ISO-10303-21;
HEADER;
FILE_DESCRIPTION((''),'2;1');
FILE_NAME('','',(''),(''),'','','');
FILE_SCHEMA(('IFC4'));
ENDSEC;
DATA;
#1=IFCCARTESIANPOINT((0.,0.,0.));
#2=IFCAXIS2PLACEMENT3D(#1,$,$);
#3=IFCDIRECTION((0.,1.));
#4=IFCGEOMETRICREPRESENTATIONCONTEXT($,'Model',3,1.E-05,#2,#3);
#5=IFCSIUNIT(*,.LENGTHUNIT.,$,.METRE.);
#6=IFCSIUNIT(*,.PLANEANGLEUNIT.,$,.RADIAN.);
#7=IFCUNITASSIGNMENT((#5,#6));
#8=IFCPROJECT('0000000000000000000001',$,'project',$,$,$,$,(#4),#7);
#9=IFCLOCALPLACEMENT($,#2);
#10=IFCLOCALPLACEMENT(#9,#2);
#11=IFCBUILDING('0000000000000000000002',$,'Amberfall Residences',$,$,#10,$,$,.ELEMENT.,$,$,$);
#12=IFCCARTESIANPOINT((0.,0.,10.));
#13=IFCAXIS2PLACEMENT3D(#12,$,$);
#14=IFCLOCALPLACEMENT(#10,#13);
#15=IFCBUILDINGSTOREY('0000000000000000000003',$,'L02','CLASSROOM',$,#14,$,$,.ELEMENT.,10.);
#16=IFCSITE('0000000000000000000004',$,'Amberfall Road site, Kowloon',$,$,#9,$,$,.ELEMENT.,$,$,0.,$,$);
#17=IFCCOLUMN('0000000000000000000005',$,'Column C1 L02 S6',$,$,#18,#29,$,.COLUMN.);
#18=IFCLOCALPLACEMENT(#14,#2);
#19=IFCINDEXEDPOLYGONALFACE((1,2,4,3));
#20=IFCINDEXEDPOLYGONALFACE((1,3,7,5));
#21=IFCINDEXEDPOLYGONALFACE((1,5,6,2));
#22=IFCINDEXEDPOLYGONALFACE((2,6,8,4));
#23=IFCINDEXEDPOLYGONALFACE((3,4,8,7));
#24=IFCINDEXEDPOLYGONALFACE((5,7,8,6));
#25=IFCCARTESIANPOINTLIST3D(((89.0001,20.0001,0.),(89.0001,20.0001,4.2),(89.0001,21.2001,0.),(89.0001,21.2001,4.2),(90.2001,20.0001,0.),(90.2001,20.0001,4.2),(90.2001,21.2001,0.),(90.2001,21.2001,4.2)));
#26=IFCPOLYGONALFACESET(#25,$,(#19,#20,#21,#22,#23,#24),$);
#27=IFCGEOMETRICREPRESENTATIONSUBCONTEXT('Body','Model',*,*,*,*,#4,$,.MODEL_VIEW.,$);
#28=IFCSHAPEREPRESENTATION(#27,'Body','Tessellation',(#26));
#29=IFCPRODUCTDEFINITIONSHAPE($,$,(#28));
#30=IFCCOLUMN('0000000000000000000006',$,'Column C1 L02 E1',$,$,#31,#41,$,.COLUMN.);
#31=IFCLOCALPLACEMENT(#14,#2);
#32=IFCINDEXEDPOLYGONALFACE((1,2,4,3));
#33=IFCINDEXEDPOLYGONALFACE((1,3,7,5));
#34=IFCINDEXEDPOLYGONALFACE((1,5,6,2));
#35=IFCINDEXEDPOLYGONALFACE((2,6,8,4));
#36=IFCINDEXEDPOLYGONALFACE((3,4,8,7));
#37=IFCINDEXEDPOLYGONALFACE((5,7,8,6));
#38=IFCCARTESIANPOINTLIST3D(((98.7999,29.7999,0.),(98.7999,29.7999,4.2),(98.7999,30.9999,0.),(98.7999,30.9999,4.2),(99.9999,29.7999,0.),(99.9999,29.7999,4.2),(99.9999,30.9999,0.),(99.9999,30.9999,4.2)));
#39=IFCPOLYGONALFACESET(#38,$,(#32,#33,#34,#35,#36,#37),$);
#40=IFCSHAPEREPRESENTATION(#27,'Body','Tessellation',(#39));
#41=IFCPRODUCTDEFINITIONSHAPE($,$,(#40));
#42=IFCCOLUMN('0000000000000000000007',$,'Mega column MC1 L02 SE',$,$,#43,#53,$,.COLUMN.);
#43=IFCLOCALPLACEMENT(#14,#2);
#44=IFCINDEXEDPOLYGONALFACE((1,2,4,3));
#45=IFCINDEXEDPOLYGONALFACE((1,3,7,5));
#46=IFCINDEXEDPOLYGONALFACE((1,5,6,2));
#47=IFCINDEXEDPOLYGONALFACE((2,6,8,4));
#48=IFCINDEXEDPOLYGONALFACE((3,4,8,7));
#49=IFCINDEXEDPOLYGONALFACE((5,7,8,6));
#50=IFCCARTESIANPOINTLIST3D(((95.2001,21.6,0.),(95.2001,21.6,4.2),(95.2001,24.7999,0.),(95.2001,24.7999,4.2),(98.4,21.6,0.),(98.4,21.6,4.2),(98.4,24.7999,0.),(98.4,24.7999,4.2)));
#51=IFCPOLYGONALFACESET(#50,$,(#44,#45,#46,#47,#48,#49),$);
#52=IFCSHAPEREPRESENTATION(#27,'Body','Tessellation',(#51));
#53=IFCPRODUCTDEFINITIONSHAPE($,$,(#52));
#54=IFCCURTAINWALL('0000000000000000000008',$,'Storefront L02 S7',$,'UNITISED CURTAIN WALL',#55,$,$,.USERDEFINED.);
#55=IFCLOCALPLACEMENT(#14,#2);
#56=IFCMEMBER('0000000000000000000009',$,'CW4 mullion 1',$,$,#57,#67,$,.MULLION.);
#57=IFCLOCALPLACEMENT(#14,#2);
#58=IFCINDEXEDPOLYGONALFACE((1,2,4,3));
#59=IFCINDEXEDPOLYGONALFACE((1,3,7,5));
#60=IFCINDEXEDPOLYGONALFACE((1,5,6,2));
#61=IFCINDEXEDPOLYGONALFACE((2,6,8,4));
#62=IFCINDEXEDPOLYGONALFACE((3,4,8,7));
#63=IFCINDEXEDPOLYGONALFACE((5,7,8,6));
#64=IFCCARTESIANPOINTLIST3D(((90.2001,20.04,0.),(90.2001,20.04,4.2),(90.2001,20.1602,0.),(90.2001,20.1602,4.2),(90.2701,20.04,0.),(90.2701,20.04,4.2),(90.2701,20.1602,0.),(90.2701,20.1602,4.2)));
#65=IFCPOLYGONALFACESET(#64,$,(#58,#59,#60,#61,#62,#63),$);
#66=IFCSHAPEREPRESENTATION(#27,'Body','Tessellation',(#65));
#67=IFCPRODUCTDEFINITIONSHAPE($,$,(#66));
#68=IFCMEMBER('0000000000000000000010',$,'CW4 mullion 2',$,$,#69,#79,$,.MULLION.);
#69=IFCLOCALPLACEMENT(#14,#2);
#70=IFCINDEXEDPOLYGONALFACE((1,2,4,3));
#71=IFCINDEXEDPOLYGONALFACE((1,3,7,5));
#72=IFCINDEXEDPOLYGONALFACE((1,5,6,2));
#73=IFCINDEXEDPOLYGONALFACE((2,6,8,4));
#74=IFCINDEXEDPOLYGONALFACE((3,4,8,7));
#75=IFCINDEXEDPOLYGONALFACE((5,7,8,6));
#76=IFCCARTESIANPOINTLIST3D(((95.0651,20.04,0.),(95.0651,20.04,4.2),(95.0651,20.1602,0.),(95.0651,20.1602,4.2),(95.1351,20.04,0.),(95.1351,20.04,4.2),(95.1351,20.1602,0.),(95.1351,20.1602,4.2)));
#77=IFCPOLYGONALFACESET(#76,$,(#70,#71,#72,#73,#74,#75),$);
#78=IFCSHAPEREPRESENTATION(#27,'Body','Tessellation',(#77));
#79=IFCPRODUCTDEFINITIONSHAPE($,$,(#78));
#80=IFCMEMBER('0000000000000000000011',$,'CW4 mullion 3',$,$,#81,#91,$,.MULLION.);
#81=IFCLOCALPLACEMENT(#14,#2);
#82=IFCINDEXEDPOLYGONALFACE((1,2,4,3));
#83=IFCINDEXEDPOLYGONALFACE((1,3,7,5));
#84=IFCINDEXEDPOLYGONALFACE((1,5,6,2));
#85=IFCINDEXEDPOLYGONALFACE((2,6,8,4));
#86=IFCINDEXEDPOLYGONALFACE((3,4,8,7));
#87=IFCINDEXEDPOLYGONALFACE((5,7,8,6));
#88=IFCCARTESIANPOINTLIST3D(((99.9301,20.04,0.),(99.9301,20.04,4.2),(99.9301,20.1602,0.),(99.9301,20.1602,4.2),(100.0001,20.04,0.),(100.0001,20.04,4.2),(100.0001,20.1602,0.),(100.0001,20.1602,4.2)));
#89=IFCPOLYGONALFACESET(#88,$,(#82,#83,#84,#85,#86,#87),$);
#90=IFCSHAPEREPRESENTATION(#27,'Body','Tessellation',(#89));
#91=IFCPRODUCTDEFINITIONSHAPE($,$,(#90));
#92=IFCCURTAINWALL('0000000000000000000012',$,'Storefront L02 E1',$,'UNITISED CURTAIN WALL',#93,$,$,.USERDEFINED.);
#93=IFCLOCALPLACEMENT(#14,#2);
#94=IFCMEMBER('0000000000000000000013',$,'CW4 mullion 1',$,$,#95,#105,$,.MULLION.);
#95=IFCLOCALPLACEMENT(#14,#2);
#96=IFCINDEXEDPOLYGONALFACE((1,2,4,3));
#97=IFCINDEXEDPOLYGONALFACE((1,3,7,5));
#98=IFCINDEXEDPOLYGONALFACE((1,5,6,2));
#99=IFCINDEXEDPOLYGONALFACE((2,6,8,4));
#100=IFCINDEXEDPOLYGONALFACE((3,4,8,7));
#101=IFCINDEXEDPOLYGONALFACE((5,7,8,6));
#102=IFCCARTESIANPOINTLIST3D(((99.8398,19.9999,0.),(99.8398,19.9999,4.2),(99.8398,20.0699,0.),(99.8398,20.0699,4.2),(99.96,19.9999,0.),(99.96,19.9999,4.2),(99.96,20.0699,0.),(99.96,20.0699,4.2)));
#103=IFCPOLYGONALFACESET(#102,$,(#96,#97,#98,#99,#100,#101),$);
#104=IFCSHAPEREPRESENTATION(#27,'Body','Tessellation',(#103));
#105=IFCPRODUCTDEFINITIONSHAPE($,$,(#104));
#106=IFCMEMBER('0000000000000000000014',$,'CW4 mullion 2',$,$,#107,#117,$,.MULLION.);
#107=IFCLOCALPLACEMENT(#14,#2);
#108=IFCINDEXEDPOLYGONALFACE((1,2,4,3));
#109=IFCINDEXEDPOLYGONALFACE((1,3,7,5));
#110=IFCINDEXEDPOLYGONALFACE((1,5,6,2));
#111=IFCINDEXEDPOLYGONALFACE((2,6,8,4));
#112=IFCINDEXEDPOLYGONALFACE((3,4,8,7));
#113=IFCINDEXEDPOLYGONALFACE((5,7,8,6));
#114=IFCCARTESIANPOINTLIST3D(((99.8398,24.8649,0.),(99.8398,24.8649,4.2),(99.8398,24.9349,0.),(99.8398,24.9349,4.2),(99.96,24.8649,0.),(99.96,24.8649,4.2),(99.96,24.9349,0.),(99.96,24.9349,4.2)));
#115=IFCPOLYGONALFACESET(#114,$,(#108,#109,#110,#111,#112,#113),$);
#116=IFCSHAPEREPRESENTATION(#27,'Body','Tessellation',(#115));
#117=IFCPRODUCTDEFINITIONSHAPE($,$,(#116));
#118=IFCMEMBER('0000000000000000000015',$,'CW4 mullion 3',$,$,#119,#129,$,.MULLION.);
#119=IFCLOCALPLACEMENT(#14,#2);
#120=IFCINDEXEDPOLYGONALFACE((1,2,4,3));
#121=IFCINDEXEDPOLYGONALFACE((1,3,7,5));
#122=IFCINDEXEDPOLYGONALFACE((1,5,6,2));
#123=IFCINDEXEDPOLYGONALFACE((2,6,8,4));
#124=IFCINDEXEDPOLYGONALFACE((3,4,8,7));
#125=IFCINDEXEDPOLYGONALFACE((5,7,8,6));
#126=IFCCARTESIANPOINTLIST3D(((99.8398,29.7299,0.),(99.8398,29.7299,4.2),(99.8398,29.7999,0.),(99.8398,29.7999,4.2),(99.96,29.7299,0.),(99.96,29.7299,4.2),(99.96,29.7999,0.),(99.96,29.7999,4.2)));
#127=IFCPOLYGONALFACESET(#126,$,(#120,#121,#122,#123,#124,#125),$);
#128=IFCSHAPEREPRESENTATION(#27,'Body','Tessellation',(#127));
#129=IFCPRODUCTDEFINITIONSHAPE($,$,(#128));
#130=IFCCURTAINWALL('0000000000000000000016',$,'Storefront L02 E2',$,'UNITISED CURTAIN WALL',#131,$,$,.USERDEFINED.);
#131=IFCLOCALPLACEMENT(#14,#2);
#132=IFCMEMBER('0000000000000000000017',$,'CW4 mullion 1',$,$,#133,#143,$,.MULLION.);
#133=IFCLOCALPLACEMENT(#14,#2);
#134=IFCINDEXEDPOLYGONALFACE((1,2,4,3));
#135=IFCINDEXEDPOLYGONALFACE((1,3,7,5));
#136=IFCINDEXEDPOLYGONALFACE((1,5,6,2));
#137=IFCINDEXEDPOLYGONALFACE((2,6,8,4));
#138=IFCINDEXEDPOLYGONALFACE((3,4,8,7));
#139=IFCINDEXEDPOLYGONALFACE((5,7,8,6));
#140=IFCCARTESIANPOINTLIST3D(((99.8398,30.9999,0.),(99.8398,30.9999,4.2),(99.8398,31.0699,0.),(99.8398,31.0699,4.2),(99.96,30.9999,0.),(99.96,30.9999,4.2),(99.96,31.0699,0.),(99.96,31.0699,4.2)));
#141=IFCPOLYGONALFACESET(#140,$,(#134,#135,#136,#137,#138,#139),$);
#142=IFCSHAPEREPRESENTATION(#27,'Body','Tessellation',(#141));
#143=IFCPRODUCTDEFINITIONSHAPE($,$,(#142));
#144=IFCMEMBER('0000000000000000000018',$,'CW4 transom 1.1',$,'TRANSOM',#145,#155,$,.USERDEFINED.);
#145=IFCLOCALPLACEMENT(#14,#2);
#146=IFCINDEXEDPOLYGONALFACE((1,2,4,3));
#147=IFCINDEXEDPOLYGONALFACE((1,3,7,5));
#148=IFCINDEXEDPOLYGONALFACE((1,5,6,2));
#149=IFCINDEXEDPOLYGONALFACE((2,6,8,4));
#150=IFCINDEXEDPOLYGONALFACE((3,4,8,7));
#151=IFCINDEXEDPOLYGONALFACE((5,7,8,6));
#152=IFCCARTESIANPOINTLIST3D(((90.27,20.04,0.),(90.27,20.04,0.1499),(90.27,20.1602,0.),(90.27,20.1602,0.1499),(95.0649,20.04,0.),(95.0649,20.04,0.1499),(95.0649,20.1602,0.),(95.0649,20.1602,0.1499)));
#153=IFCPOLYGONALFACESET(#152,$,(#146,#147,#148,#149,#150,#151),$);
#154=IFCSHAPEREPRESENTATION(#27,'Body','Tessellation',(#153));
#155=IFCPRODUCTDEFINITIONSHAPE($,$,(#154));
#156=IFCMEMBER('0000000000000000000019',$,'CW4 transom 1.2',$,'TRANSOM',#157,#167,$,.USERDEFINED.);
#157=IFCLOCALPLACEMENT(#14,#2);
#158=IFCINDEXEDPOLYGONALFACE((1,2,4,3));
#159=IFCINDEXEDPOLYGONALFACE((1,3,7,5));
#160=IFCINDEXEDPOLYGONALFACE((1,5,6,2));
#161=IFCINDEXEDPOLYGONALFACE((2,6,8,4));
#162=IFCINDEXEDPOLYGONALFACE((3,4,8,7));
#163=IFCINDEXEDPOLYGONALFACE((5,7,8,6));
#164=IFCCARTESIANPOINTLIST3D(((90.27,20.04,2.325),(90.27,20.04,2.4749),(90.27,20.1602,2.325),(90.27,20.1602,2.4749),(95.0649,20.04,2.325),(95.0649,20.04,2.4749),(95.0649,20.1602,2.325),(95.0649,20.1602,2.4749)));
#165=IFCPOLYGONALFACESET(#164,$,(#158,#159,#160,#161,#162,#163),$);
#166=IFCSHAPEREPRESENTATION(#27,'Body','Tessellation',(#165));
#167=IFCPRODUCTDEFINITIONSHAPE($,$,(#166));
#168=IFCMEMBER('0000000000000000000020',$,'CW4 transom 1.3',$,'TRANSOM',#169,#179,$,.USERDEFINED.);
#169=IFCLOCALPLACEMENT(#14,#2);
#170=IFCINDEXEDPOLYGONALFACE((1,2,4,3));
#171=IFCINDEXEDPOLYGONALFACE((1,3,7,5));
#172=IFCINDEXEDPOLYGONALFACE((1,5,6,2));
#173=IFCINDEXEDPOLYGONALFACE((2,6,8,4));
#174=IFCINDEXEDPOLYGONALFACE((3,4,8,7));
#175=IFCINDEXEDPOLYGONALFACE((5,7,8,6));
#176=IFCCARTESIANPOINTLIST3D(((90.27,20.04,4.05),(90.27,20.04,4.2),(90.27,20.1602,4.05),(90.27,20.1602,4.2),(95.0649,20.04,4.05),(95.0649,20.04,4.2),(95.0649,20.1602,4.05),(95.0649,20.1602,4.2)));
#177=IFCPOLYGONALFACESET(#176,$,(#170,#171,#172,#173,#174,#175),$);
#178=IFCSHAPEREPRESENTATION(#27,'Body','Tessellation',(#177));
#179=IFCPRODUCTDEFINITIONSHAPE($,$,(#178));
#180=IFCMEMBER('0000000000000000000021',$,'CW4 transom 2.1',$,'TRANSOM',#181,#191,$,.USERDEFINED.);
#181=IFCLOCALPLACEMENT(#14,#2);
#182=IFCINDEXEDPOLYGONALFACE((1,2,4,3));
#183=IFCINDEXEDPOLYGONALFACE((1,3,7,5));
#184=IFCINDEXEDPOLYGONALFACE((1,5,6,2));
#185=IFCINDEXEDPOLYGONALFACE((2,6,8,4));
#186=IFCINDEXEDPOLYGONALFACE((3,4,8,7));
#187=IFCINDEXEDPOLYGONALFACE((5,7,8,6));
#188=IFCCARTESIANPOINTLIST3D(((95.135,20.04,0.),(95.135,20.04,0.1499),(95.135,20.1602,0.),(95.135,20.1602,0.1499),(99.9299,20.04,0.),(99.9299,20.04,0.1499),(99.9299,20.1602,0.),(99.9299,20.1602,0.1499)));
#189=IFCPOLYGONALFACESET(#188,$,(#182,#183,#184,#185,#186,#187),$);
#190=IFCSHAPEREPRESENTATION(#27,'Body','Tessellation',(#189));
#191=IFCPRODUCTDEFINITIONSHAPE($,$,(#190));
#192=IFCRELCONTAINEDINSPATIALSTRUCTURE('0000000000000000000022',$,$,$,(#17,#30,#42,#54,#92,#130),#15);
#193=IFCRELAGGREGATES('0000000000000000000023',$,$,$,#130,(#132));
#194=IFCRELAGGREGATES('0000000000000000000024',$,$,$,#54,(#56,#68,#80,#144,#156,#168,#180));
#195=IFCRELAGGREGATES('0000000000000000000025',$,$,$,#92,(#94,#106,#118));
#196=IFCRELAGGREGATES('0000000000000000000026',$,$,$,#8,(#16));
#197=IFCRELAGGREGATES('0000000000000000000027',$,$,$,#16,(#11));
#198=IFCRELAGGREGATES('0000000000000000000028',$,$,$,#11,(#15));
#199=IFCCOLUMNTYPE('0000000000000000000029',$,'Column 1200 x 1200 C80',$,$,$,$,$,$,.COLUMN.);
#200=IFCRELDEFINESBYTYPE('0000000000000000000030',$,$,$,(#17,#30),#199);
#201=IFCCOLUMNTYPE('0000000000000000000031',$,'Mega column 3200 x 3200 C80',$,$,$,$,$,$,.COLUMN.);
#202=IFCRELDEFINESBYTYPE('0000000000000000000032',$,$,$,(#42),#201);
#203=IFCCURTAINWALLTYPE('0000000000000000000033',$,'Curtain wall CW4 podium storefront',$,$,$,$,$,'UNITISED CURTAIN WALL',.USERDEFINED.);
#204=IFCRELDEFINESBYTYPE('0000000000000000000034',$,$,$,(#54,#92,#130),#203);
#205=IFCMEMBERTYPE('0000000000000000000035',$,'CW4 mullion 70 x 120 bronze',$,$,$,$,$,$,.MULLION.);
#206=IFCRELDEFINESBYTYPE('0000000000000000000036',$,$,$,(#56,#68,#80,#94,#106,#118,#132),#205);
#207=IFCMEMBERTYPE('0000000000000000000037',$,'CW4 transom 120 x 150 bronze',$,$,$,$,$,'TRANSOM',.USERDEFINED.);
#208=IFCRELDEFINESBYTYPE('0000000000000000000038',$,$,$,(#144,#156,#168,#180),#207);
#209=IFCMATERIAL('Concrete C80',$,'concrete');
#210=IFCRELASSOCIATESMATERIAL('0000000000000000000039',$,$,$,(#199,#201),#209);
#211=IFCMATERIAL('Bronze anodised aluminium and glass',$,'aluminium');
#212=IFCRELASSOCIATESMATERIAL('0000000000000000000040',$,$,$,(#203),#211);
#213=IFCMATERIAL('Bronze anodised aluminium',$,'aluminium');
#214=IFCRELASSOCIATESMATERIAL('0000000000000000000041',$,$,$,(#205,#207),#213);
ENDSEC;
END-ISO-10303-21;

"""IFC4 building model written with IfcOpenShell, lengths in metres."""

from ifc_helpers import new_model, si_unit, direction, frame, origin, origin_2d, place, context, subcontext, project, spatial, rectangle, extrude, material, material_profile, profile_set, type_object, element, aggregate, save


model = new_model("IFC4")

# Units and contexts
model_context = context("Model", 3, precision=1e-05, world=origin(), true_north=direction((0.0, 1.0)))
body_context = subcontext(model_context, "Body", "Model", "MODEL_VIEW")
ifc_project = project(units=[si_unit("LENGTHUNIT", "METRE"), si_unit("PLANEANGLEUNIT", "RADIAN")], contexts=[model_context])

# Site, building, storey
site_placement = place(None, origin())
site = spatial("IfcSite", under=ifc_project, at=site_placement, Name="Amberfall Road site, Kowloon", CompositionType="ELEMENT", RefElevation=0.0)
building_placement = place(site_placement, origin())
building = spatial("IfcBuilding", under=site, at=building_placement, Name="Amberfall Residences", CompositionType="ELEMENT")
storey_placement = place(building_placement, frame((0.0, 0.0, 10.0)))
storey = spatial("IfcBuildingStorey", under=building, at=storey_placement, Name="L02", Description="CLASSROOM", CompositionType="ELEMENT", Elevation=10.0)

# Columns
ifc_material_1 = material(Name="Concrete C80", Category="concrete")
ifc_material_profile_1 = material_profile(ifc_material_1, rectangle(XDim=1.2, YDim=1.2, at=origin_2d()), Name="Column 1200 x 1200 C80")
ifc_profile_set_1 = profile_set([ifc_material_profile_1], Name="Concrete C80")
column_type_1 = type_object("IfcColumnType", Name="Column 1200 x 1200 C80", PredefinedType="COLUMN", material=ifc_profile_set_1)
for number, where, z_axis, x_axis, name in (
    (1, (89.6001, 20.6001, 0.0), (0.0, 0.0, 1.0), (1.0, 0.0, 0.0), "Column C1 L02 S6"),
    (2, (99.3999, 30.3999, 0.0), (0.0, 0.0, 1.0), (1.0, 0.0, 0.0), "Column C1 L02 E1"),
):
    element("IfcColumn", number, at=place(storey_placement, frame(where, z_axis=z_axis, x_axis=x_axis)), inside=storey, type_object=column_type_1, Name=name, PredefinedType="COLUMN", context=body_context, shape_type="SweptSolid", body=[
        extrude(rectangle(XDim=1.2, YDim=1.2, at=origin_2d()), origin(), (0.0, 0.0, 1.0), 4.2),
    ])
ifc_material_profile_2 = material_profile(ifc_material_1, rectangle(XDim=3.2, YDim=3.2, at=origin_2d()), Name="Mega column 3200 x 3200 C80")
ifc_profile_set_2 = profile_set([ifc_material_profile_2], Name="Concrete C80")
column_type_2 = type_object("IfcColumnType", Name="Mega column 3200 x 3200 C80", PredefinedType="COLUMN", material=ifc_profile_set_2)
column_placement = place(storey_placement, frame((96.8, 23.2, 0.0), z_axis=(0.0, 0.0, 1.0), x_axis=(1.0, 0.0, 0.0)))
element("IfcColumn", 3, at=column_placement, inside=storey, type_object=column_type_2, Name="Mega column MC1 L02 SE", PredefinedType="COLUMN", context=body_context, shape_type="SweptSolid", body=[
    extrude(rectangle(XDim=3.2, YDim=3.2, at=origin_2d()), origin(), (0.0, 0.0, 1.0), 4.2),
])

# Curtain walls, members
ifc_material_2 = material(Name="Bronze anodised aluminium and glass", Category="aluminium")
curtain_wall_type = type_object("IfcCurtainWallType", Name="Curtain wall CW4 podium storefront", ElementType="UNITISED CURTAIN WALL", PredefinedType="USERDEFINED", material=ifc_material_2)
curtain_wall_1_placement = place(storey_placement, origin())
curtain_wall_1 = element("IfcCurtainWall", 4, at=curtain_wall_1_placement, inside=storey, type_object=curtain_wall_type, Name="Storefront L02 S7", ObjectType="UNITISED CURTAIN WALL", PredefinedType="USERDEFINED")
ifc_material_3 = material(Name="Bronze anodised aluminium", Category="aluminium")
ifc_material_profile_3 = material_profile(ifc_material_3, rectangle(XDim=0.1201, YDim=0.0701, at=origin_2d()), Name="CW4 mullion 70 x 120 bronze")
ifc_profile_set_3 = profile_set([ifc_material_profile_3], Name="Bronze anodised aluminium")
member_type_1 = type_object("IfcMemberType", Name="CW4 mullion 70 x 120 bronze", PredefinedType="MULLION", material=ifc_profile_set_3)
member_1_placement = place(storey_placement, frame((90.2351, 20.1001, 0.0), z_axis=(0.0, 0.0, 1.0), x_axis=(0.0, 1.0, 0.0)))
member_1 = element("IfcMember", 5, at=member_1_placement, type_object=member_type_1, Name="CW4 mullion 1", PredefinedType="MULLION", context=body_context, shape_type="SweptSolid", body=[
    extrude(rectangle(XDim=0.1201, YDim=0.0701, at=origin_2d()), origin(), (0.0, 0.0, 1.0), 4.2),
])
member_2_placement = place(storey_placement, frame((95.1001, 20.1001, 0.0), z_axis=(0.0, 0.0, 1.0), x_axis=(0.0, 1.0, 0.0)))
member_2 = element("IfcMember", 6, at=member_2_placement, type_object=member_type_1, Name="CW4 mullion 2", PredefinedType="MULLION", context=body_context, shape_type="SweptSolid", body=[
    extrude(rectangle(XDim=0.1201, YDim=0.0701, at=origin_2d()), origin(), (0.0, 0.0, 1.0), 4.2),
])
member_3_placement = place(storey_placement, frame((99.9651, 20.1001, 0.0), z_axis=(0.0, 0.0, 1.0), x_axis=(0.0, 1.0, 0.0)))
member_3 = element("IfcMember", 7, at=member_3_placement, type_object=member_type_1, Name="CW4 mullion 3", PredefinedType="MULLION", context=body_context, shape_type="SweptSolid", body=[
    extrude(rectangle(XDim=0.1201, YDim=0.0701, at=origin_2d()), origin(), (0.0, 0.0, 1.0), 4.2),
])
curtain_wall_2_placement = place(storey_placement, origin())
curtain_wall_2 = element("IfcCurtainWall", 8, at=curtain_wall_2_placement, inside=storey, type_object=curtain_wall_type, Name="Storefront L02 E1", ObjectType="UNITISED CURTAIN WALL", PredefinedType="USERDEFINED")
member_4_placement = place(storey_placement, frame((99.8999, 20.0349, 0.0), z_axis=(0.0, 0.0, 1.0), x_axis=(-1.0, 0.0, 0.0)))
member_4 = element("IfcMember", 9, at=member_4_placement, type_object=member_type_1, Name="CW4 mullion 1", PredefinedType="MULLION", context=body_context, shape_type="SweptSolid", body=[
    extrude(rectangle(XDim=0.1201, YDim=0.0701, at=origin_2d()), origin(), (0.0, 0.0, 1.0), 4.2),
])
member_5_placement = place(storey_placement, frame((99.8999, 24.8999, 0.0), z_axis=(0.0, 0.0, 1.0), x_axis=(-1.0, 0.0, 0.0)))
member_5 = element("IfcMember", 10, at=member_5_placement, type_object=member_type_1, Name="CW4 mullion 2", PredefinedType="MULLION", context=body_context, shape_type="SweptSolid", body=[
    extrude(rectangle(XDim=0.1201, YDim=0.0701, at=origin_2d()), origin(), (0.0, 0.0, 1.0), 4.2),
])
member_6_placement = place(storey_placement, frame((99.8999, 29.7649, 0.0), z_axis=(0.0, 0.0, 1.0), x_axis=(-1.0, 0.0, 0.0)))
member_6 = element("IfcMember", 11, at=member_6_placement, type_object=member_type_1, Name="CW4 mullion 3", PredefinedType="MULLION", context=body_context, shape_type="SweptSolid", body=[
    extrude(rectangle(XDim=0.1201, YDim=0.0701, at=origin_2d()), origin(), (0.0, 0.0, 1.0), 4.2),
])

# Curtain wall, member
curtain_wall_3_placement = place(storey_placement, origin())
curtain_wall_3 = element("IfcCurtainWall", 12, at=curtain_wall_3_placement, inside=storey, type_object=curtain_wall_type, Name="Storefront L02 E2", ObjectType="UNITISED CURTAIN WALL", PredefinedType="USERDEFINED")
member_7_placement = place(storey_placement, frame((99.8999, 31.0349, 0.0), z_axis=(0.0, 0.0, 1.0), x_axis=(-1.0, 0.0, 0.0)))
member_7 = element("IfcMember", 13, at=member_7_placement, type_object=member_type_1, Name="CW4 mullion 1", PredefinedType="MULLION", context=body_context, shape_type="SweptSolid", body=[
    extrude(rectangle(XDim=0.1201, YDim=0.0701, at=origin_2d()), origin(), (0.0, 0.0, 1.0), 4.2),
])

# Members
ifc_material_profile_4 = material_profile(ifc_material_3, rectangle(XDim=0.1201, YDim=0.1499, at=origin_2d()), Name="CW4 transom 120 x 150 bronze")
ifc_profile_set_4 = profile_set([ifc_material_profile_4], Name="Bronze anodised aluminium")
member_type_2 = type_object("IfcMemberType", Name="CW4 transom 120 x 150 bronze", ElementType="TRANSOM", PredefinedType="USERDEFINED", material=ifc_profile_set_4)
member_8_placement = place(storey_placement, frame((90.27, 20.1001, 0.075), z_axis=(1.0, 0.0, 0.0), x_axis=(0.0, 1.0, 0.0)))
member_8 = element("IfcMember", 14, at=member_8_placement, type_object=member_type_2, Name="CW4 transom 1.1", ObjectType="TRANSOM", PredefinedType="USERDEFINED", context=body_context, shape_type="SweptSolid", body=[
    extrude(rectangle(XDim=0.1201, YDim=0.1499, at=origin_2d()), origin(), (0.0, 0.0, 1.0), 4.7949),
])
member_9_placement = place(storey_placement, frame((90.27, 20.1001, 2.3999), z_axis=(1.0, 0.0, 0.0), x_axis=(0.0, 1.0, 0.0)))
member_9 = element("IfcMember", 15, at=member_9_placement, type_object=member_type_2, Name="CW4 transom 1.2", ObjectType="TRANSOM", PredefinedType="USERDEFINED", context=body_context, shape_type="SweptSolid", body=[
    extrude(rectangle(XDim=0.1201, YDim=0.1499, at=origin_2d()), origin(), (0.0, 0.0, 1.0), 4.7949),
])
member_10_placement = place(storey_placement, frame((90.27, 20.1001, 4.125), z_axis=(1.0, 0.0, 0.0), x_axis=(0.0, 1.0, 0.0)))
member_10 = element("IfcMember", 16, at=member_10_placement, type_object=member_type_2, Name="CW4 transom 1.3", ObjectType="TRANSOM", PredefinedType="USERDEFINED", context=body_context, shape_type="SweptSolid", body=[
    extrude(rectangle(XDim=0.1201, YDim=0.1499, at=origin_2d()), origin(), (0.0, 0.0, 1.0), 4.7949),
])
member_11_placement = place(storey_placement, frame((95.135, 20.1001, 0.075), z_axis=(1.0, 0.0, 0.0), x_axis=(0.0, 1.0, 0.0)))
member_11 = element("IfcMember", 17, at=member_11_placement, type_object=member_type_2, Name="CW4 transom 2.1", ObjectType="TRANSOM", PredefinedType="USERDEFINED", context=body_context, shape_type="SweptSolid", body=[
    extrude(rectangle(XDim=0.1201, YDim=0.1499, at=origin_2d()), origin(), (0.0, 0.0, 1.0), 4.7949),
])
aggregate(curtain_wall_3, [member_7])

aggregate(curtain_wall_1, [member_1, member_2, member_3, member_8, member_9, member_10, member_11])
aggregate(curtain_wall_2, [member_4, member_5, member_6])

save(model, "model.ifc")
